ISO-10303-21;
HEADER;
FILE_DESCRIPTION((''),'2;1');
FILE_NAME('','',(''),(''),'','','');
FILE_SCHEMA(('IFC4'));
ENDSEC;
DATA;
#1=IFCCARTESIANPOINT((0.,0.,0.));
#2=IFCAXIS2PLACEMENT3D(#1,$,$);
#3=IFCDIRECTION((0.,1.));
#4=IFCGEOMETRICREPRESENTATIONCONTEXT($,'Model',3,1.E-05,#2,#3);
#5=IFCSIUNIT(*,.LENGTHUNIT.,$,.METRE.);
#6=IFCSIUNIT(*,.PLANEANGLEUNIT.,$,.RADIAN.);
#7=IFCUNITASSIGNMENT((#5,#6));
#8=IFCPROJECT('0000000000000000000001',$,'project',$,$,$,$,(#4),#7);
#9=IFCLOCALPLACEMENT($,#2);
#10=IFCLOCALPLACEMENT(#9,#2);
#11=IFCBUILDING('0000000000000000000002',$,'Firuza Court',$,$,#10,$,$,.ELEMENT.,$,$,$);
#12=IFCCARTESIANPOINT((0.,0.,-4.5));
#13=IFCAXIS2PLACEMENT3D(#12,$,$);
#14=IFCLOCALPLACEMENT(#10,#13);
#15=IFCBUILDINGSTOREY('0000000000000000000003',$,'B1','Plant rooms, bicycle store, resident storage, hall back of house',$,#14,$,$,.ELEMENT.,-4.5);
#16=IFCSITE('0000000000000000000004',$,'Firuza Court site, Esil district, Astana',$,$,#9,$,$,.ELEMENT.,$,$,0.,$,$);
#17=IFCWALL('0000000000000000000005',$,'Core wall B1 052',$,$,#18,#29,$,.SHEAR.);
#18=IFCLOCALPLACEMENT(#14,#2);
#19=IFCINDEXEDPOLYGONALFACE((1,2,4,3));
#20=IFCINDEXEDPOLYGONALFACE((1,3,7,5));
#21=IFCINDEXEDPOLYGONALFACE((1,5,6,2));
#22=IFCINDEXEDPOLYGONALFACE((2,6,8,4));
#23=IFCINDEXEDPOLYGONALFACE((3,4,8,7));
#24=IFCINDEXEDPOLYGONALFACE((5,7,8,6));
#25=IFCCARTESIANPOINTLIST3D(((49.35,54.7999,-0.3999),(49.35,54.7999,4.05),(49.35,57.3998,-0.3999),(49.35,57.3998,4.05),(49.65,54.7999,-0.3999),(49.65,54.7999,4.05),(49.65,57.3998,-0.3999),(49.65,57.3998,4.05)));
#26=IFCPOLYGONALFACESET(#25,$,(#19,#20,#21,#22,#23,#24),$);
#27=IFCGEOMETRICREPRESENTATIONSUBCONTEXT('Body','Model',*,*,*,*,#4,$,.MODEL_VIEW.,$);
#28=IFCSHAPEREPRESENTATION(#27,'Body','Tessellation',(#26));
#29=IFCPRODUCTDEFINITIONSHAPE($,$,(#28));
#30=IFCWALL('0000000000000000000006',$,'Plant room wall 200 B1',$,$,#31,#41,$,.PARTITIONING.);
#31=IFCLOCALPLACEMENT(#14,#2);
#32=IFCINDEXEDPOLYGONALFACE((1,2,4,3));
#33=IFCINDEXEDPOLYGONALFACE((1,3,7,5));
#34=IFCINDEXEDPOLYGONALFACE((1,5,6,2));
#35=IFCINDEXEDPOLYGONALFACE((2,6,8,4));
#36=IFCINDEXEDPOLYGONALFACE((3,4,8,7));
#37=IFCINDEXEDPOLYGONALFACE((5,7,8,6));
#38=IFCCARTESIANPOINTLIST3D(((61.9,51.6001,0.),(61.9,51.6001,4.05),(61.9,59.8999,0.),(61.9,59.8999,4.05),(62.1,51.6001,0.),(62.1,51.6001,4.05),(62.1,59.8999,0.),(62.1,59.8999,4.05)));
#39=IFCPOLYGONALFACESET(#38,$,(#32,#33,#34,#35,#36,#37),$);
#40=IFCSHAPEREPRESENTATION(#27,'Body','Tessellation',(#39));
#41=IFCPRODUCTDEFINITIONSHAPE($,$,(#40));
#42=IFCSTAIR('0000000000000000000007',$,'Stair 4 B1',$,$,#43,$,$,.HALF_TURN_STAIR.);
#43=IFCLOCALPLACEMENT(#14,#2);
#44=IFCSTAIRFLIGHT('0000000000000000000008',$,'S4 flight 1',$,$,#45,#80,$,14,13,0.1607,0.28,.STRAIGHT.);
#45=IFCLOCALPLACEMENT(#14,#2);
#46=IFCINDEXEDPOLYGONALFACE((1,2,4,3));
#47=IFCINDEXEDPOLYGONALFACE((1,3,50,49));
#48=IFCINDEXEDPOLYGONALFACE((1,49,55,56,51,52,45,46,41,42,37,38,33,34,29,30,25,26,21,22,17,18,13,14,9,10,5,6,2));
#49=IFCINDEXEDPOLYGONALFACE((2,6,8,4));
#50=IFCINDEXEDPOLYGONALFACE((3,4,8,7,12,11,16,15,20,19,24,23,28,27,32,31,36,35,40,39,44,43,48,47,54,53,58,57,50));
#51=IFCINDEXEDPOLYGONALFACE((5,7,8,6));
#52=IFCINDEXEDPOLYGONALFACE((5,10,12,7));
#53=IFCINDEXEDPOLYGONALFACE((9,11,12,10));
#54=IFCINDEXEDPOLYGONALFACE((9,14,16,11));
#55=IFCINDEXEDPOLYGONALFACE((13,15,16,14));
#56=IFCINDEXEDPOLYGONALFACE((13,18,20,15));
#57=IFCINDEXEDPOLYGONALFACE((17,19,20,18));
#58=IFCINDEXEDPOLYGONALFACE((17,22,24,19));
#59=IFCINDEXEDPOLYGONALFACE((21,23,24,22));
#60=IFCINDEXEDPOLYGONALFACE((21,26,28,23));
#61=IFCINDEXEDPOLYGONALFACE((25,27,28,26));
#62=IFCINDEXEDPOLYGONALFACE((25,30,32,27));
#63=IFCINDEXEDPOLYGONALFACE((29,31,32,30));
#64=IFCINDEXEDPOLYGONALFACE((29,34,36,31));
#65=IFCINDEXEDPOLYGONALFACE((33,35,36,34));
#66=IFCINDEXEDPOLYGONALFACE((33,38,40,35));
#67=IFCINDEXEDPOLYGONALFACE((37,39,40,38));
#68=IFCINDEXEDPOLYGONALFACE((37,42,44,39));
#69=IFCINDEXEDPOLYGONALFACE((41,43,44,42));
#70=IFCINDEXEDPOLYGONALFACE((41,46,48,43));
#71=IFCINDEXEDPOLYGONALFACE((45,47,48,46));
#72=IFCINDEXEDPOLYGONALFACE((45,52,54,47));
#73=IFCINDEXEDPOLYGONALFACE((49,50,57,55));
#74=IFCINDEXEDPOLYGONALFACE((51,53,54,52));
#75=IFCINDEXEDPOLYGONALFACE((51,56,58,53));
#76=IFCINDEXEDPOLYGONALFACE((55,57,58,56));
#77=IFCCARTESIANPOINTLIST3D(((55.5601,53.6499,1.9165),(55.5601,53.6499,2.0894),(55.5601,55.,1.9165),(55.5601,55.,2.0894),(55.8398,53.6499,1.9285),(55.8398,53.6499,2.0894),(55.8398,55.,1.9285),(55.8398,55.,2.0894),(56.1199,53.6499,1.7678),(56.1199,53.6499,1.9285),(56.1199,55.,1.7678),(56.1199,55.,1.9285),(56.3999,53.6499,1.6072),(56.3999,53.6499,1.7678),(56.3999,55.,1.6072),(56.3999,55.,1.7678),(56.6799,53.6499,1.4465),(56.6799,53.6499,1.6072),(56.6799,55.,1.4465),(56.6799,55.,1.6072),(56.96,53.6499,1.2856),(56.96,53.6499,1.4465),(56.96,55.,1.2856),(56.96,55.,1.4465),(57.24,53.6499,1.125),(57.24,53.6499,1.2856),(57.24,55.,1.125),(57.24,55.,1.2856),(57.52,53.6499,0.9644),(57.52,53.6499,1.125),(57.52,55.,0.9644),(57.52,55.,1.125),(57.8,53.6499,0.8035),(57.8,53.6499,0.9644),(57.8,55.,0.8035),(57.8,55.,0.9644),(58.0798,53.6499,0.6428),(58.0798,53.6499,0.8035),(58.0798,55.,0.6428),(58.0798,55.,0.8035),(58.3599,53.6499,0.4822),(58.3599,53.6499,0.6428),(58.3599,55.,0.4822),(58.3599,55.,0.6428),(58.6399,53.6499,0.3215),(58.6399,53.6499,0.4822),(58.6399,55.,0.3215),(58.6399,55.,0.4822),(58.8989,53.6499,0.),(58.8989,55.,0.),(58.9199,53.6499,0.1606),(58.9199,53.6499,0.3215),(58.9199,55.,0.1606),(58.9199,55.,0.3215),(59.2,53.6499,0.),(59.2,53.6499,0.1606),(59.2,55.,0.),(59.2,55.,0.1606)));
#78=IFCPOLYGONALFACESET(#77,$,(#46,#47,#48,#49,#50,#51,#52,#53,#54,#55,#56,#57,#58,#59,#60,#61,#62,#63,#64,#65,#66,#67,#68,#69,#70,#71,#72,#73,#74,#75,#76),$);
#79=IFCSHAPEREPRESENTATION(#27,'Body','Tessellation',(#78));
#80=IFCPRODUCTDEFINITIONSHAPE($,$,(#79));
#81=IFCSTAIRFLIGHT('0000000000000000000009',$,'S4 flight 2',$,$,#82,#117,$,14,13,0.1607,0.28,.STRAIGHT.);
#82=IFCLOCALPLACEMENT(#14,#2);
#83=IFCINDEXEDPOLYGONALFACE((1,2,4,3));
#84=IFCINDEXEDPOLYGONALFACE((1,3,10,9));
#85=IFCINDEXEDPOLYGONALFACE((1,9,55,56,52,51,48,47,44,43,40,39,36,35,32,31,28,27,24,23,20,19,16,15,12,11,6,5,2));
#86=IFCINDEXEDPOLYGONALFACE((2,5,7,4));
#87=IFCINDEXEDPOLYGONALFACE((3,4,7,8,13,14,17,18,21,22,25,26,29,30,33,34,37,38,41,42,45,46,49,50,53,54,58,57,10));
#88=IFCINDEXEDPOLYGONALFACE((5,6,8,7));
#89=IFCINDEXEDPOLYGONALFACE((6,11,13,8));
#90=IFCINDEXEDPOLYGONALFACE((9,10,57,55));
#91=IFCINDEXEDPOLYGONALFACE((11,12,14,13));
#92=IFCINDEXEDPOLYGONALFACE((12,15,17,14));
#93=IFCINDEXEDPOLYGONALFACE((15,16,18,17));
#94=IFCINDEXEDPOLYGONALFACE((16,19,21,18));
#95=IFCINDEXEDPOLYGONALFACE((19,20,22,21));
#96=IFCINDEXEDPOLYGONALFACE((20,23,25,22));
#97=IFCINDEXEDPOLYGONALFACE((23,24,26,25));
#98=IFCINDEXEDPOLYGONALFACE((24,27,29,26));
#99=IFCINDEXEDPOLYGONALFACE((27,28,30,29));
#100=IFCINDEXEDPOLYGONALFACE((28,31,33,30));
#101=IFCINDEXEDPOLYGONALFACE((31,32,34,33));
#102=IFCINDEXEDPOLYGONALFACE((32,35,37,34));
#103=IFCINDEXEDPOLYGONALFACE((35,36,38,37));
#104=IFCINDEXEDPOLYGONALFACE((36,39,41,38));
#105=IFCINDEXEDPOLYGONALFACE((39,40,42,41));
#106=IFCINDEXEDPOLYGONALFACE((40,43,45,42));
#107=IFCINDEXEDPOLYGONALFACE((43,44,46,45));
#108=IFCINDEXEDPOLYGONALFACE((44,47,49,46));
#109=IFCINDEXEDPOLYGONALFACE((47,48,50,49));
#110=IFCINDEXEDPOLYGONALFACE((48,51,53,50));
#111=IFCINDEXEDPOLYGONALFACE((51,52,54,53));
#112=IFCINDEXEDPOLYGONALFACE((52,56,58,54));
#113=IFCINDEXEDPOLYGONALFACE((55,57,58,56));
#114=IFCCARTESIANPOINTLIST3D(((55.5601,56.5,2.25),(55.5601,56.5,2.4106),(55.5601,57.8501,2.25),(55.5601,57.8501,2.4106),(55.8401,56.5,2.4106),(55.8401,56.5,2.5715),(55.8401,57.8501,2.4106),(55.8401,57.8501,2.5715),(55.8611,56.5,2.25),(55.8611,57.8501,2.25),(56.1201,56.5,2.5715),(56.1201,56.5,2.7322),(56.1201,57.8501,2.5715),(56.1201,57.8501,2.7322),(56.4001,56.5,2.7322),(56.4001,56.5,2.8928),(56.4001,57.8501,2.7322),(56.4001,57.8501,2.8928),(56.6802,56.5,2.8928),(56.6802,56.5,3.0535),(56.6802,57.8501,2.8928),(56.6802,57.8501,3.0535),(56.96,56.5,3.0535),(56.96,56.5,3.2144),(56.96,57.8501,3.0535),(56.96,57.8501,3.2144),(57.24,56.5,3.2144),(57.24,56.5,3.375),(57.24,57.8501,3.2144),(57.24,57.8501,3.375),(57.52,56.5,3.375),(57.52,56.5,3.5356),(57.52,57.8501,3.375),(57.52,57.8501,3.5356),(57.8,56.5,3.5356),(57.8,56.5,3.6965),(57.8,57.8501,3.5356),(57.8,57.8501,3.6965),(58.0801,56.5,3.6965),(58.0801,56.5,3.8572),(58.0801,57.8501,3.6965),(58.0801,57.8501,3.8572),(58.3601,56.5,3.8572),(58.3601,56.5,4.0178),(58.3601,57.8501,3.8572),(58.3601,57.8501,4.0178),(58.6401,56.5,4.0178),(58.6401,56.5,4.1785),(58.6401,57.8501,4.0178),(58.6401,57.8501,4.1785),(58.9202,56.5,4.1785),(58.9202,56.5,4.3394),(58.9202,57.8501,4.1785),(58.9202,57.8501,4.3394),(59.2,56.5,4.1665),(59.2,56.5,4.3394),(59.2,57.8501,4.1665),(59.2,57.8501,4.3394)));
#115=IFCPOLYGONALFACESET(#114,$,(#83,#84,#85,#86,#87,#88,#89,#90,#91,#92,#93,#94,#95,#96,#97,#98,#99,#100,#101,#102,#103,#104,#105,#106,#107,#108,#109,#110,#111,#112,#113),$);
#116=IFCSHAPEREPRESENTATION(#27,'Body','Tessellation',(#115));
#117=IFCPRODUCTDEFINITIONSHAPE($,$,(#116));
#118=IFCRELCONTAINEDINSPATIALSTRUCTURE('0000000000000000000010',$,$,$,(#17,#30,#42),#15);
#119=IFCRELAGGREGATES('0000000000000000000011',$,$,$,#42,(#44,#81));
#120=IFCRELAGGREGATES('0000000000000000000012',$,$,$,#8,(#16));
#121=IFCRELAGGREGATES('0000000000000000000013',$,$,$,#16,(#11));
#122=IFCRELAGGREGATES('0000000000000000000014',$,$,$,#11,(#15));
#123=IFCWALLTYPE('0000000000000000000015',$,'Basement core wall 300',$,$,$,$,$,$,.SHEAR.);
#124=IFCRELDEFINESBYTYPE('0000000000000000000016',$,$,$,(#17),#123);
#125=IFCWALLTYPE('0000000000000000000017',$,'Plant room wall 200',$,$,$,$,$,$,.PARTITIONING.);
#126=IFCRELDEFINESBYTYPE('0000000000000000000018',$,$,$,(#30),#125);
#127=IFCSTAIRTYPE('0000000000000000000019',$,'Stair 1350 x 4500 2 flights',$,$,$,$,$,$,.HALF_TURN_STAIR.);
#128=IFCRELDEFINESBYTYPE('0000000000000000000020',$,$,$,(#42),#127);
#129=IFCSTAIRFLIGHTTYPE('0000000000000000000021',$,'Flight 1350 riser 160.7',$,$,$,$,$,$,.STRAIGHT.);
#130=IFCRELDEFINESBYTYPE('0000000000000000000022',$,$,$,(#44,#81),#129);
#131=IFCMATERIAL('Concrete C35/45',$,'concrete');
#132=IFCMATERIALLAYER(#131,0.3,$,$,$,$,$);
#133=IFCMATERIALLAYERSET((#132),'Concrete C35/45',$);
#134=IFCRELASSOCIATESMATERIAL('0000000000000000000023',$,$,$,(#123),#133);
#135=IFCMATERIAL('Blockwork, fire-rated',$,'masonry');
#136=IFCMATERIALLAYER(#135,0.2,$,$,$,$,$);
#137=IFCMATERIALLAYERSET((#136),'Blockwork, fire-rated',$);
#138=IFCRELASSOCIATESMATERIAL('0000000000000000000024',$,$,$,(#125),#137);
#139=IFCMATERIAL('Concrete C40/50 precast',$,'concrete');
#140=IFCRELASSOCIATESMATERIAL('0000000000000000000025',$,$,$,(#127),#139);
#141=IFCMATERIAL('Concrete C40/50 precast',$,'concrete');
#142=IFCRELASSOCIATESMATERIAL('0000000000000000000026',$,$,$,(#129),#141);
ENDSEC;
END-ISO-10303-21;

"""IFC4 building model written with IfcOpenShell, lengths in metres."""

from ifc_helpers import new_model, si_unit, direction, frame, frame_2d, origin, place, context, subcontext, project, spatial, polyline, rectangle, outline, extrude, material, layer, layer_set, type_object, element, aggregate, save


model = new_model("IFC4")

# Units and contexts
model_context = context("Model", 3, precision=1e-05, world=origin(), true_north=direction((0.0, 1.0)))
body_context = subcontext(model_context, "Body", "Model", "MODEL_VIEW")
ifc_project = project(units=[si_unit("LENGTHUNIT", "METRE"), si_unit("PLANEANGLEUNIT", "RADIAN")], contexts=[model_context])

# Site, building, storey
site_placement = place(None, origin())
site = spatial("IfcSite", under=ifc_project, at=site_placement, Name="Firuza Court site, Esil district, Astana", CompositionType="ELEMENT", RefElevation=0.0)
building_placement = place(site_placement, origin())
building = spatial("IfcBuilding", under=site, at=building_placement, Name="Firuza Court", CompositionType="ELEMENT")
storey_placement = place(building_placement, frame((0.0, 0.0, -4.5)))
storey = spatial("IfcBuildingStorey", under=building, at=storey_placement, Name="B1", Description="Plant rooms, bicycle store, resident storage, hall back of house", CompositionType="ELEMENT", Elevation=-4.5)

# Walls
ifc_material_1 = material(Name="Concrete C35/45", Category="concrete")
ifc_layer_1 = layer(ifc_material_1, 0.3)
ifc_layer_set_1 = layer_set([ifc_layer_1], Name="Concrete C35/45")
wall_type_1 = type_object("IfcWallType", Name="Basement core wall 300", PredefinedType="SHEAR", material=ifc_layer_set_1)
wall_1_placement = place(storey_placement, frame((49.5, 54.8, -0.3999), z_axis=(0.0, 0.0, 1.0), x_axis=(0.0, 1.0, 0.0)))
element("IfcWall", 1, at=wall_1_placement, inside=storey, type_object=wall_type_1, Name="Core wall B1 052", PredefinedType="SHEAR", context=body_context, shape_type="SweptSolid", body=[
    extrude(rectangle(XDim=2.5999, YDim=0.3, at=frame_2d((1.2998, 0.0))), origin(), (0.0, 0.0, 1.0), 4.45),
])
ifc_material_2 = material(Name="Blockwork, fire-rated", Category="masonry")
ifc_layer_2 = layer(ifc_material_2, 0.2)
ifc_layer_set_2 = layer_set([ifc_layer_2], Name="Blockwork, fire-rated")
wall_type_2 = type_object("IfcWallType", Name="Plant room wall 200", PredefinedType="PARTITIONING", material=ifc_layer_set_2)
wall_2_placement = place(storey_placement, frame((62.0, 59.8999, 0.0), z_axis=(0.0, 0.0, 1.0), x_axis=(0.0, -1.0, 0.0)))
element("IfcWall", 2, at=wall_2_placement, inside=storey, type_object=wall_type_2, Name="Plant room wall 200 B1", PredefinedType="PARTITIONING", context=body_context, shape_type="SweptSolid", body=[
    extrude(rectangle(XDim=8.2998, YDim=0.2, at=frame_2d((4.1499, 0.0))), origin(), (0.0, 0.0, 1.0), 4.05),
])

# Stair, stair flights
ifc_material_3 = material(Name="Concrete C40/50 precast", Category="concrete")
stair_type = type_object("IfcStairType", Name="Stair 1350 x 4500 2 flights", PredefinedType="HALF_TURN_STAIR", material=ifc_material_3)
stair_placement = place(storey_placement, origin())
stair = element("IfcStair", 3, at=stair_placement, inside=storey, type_object=stair_type, Name="Stair 4 B1", PredefinedType="HALF_TURN_STAIR")
ifc_material_4 = material(Name="Concrete C40/50 precast", Category="concrete")
stair_flight_type = type_object("IfcStairFlightType", Name="Flight 1350 riser 160.7", PredefinedType="STRAIGHT", material=ifc_material_4)
stair_flight_1_placement = place(storey_placement, frame((59.2, 54.325, 0.0), z_axis=(0.0, 0.0, 1.0), x_axis=(-1.0, 0.0, 0.0)))
stair_flight_1 = element("IfcStairFlight", 4, at=stair_flight_1_placement, type_object=stair_flight_type, Name="S4 flight 1", NumberOfRisers=14, NumberOfTreads=13, PredefinedType="STRAIGHT", RiserHeight=0.1607, TreadLength=0.28, context=body_context, shape_type="SweptSolid", body=[
    extrude(outline(polyline([(0.0, 0.0), (0.0, 0.1606), (0.28, 0.1606), (0.28, 0.3215), (0.5601, 0.3215), (0.5601, 0.4822), (0.8401, 0.4822), (0.8401, 0.6428), (1.1201, 0.6428), (1.1201, 0.8035), (1.3999, 0.8035), (1.3999, 0.9644), (1.6799, 0.9644), (1.6799, 1.125), (1.96, 1.125), (1.96, 1.2856), (2.24, 1.2856), (2.24, 1.4465), (2.52, 1.4465), (2.52, 1.6072), (2.8, 1.6072), (2.8, 1.7678), (3.0801, 1.7678), (3.0801, 1.9285), (3.3601, 1.9285), (3.3601, 2.0894), (3.6399, 2.0894), (3.6399, 2.25), (3.6399, 1.9165), (0.301, 0.0), (0.0, 0.0)])), frame((0.0, 0.675, 0.0), z_axis=(0.0, -1.0, 0.0), x_axis=(1.0, 0.0, 0.0)), (0.0, 0.0, 1.0), 1.3501),
])
stair_flight_2_placement = place(storey_placement, frame((55.5601, 57.175, 2.25), z_axis=(0.0, 0.0, 1.0), x_axis=(1.0, 0.0, 0.0)))
stair_flight_2 = element("IfcStairFlight", 5, at=stair_flight_2_placement, type_object=stair_flight_type, Name="S4 flight 2", NumberOfRisers=14, NumberOfTreads=13, PredefinedType="STRAIGHT", RiserHeight=0.1607, TreadLength=0.28, context=body_context, shape_type="SweptSolid", body=[
    extrude(outline(polyline([(0.0, 0.0), (0.0, 0.1606), (0.28, 0.1606), (0.28, 0.3215), (0.5601, 0.3215), (0.5601, 0.4822), (0.8401, 0.4822), (0.8401, 0.6428), (1.1201, 0.6428), (1.1201, 0.8035), (1.3999, 0.8035), (1.3999, 0.9644), (1.6799, 0.9644), (1.6799, 1.125), (1.96, 1.125), (1.96, 1.2856), (2.24, 1.2856), (2.24, 1.4465), (2.52, 1.4465), (2.52, 1.6072), (2.8, 1.6072), (2.8, 1.7678), (3.0801, 1.7678), (3.0801, 1.9285), (3.3601, 1.9285), (3.3601, 2.0894), (3.6399, 2.0894), (3.6399, 2.25), (3.6399, 1.9165), (0.301, 0.0), (0.0, 0.0)])), frame((0.0, 0.675, 0.0), z_axis=(0.0, -1.0, 0.0), x_axis=(1.0, 0.0, 0.0)), (0.0, 0.0, 1.0), 1.3501),
])
aggregate(stair, [stair_flight_1, stair_flight_2])

save(model, "model.ifc")
